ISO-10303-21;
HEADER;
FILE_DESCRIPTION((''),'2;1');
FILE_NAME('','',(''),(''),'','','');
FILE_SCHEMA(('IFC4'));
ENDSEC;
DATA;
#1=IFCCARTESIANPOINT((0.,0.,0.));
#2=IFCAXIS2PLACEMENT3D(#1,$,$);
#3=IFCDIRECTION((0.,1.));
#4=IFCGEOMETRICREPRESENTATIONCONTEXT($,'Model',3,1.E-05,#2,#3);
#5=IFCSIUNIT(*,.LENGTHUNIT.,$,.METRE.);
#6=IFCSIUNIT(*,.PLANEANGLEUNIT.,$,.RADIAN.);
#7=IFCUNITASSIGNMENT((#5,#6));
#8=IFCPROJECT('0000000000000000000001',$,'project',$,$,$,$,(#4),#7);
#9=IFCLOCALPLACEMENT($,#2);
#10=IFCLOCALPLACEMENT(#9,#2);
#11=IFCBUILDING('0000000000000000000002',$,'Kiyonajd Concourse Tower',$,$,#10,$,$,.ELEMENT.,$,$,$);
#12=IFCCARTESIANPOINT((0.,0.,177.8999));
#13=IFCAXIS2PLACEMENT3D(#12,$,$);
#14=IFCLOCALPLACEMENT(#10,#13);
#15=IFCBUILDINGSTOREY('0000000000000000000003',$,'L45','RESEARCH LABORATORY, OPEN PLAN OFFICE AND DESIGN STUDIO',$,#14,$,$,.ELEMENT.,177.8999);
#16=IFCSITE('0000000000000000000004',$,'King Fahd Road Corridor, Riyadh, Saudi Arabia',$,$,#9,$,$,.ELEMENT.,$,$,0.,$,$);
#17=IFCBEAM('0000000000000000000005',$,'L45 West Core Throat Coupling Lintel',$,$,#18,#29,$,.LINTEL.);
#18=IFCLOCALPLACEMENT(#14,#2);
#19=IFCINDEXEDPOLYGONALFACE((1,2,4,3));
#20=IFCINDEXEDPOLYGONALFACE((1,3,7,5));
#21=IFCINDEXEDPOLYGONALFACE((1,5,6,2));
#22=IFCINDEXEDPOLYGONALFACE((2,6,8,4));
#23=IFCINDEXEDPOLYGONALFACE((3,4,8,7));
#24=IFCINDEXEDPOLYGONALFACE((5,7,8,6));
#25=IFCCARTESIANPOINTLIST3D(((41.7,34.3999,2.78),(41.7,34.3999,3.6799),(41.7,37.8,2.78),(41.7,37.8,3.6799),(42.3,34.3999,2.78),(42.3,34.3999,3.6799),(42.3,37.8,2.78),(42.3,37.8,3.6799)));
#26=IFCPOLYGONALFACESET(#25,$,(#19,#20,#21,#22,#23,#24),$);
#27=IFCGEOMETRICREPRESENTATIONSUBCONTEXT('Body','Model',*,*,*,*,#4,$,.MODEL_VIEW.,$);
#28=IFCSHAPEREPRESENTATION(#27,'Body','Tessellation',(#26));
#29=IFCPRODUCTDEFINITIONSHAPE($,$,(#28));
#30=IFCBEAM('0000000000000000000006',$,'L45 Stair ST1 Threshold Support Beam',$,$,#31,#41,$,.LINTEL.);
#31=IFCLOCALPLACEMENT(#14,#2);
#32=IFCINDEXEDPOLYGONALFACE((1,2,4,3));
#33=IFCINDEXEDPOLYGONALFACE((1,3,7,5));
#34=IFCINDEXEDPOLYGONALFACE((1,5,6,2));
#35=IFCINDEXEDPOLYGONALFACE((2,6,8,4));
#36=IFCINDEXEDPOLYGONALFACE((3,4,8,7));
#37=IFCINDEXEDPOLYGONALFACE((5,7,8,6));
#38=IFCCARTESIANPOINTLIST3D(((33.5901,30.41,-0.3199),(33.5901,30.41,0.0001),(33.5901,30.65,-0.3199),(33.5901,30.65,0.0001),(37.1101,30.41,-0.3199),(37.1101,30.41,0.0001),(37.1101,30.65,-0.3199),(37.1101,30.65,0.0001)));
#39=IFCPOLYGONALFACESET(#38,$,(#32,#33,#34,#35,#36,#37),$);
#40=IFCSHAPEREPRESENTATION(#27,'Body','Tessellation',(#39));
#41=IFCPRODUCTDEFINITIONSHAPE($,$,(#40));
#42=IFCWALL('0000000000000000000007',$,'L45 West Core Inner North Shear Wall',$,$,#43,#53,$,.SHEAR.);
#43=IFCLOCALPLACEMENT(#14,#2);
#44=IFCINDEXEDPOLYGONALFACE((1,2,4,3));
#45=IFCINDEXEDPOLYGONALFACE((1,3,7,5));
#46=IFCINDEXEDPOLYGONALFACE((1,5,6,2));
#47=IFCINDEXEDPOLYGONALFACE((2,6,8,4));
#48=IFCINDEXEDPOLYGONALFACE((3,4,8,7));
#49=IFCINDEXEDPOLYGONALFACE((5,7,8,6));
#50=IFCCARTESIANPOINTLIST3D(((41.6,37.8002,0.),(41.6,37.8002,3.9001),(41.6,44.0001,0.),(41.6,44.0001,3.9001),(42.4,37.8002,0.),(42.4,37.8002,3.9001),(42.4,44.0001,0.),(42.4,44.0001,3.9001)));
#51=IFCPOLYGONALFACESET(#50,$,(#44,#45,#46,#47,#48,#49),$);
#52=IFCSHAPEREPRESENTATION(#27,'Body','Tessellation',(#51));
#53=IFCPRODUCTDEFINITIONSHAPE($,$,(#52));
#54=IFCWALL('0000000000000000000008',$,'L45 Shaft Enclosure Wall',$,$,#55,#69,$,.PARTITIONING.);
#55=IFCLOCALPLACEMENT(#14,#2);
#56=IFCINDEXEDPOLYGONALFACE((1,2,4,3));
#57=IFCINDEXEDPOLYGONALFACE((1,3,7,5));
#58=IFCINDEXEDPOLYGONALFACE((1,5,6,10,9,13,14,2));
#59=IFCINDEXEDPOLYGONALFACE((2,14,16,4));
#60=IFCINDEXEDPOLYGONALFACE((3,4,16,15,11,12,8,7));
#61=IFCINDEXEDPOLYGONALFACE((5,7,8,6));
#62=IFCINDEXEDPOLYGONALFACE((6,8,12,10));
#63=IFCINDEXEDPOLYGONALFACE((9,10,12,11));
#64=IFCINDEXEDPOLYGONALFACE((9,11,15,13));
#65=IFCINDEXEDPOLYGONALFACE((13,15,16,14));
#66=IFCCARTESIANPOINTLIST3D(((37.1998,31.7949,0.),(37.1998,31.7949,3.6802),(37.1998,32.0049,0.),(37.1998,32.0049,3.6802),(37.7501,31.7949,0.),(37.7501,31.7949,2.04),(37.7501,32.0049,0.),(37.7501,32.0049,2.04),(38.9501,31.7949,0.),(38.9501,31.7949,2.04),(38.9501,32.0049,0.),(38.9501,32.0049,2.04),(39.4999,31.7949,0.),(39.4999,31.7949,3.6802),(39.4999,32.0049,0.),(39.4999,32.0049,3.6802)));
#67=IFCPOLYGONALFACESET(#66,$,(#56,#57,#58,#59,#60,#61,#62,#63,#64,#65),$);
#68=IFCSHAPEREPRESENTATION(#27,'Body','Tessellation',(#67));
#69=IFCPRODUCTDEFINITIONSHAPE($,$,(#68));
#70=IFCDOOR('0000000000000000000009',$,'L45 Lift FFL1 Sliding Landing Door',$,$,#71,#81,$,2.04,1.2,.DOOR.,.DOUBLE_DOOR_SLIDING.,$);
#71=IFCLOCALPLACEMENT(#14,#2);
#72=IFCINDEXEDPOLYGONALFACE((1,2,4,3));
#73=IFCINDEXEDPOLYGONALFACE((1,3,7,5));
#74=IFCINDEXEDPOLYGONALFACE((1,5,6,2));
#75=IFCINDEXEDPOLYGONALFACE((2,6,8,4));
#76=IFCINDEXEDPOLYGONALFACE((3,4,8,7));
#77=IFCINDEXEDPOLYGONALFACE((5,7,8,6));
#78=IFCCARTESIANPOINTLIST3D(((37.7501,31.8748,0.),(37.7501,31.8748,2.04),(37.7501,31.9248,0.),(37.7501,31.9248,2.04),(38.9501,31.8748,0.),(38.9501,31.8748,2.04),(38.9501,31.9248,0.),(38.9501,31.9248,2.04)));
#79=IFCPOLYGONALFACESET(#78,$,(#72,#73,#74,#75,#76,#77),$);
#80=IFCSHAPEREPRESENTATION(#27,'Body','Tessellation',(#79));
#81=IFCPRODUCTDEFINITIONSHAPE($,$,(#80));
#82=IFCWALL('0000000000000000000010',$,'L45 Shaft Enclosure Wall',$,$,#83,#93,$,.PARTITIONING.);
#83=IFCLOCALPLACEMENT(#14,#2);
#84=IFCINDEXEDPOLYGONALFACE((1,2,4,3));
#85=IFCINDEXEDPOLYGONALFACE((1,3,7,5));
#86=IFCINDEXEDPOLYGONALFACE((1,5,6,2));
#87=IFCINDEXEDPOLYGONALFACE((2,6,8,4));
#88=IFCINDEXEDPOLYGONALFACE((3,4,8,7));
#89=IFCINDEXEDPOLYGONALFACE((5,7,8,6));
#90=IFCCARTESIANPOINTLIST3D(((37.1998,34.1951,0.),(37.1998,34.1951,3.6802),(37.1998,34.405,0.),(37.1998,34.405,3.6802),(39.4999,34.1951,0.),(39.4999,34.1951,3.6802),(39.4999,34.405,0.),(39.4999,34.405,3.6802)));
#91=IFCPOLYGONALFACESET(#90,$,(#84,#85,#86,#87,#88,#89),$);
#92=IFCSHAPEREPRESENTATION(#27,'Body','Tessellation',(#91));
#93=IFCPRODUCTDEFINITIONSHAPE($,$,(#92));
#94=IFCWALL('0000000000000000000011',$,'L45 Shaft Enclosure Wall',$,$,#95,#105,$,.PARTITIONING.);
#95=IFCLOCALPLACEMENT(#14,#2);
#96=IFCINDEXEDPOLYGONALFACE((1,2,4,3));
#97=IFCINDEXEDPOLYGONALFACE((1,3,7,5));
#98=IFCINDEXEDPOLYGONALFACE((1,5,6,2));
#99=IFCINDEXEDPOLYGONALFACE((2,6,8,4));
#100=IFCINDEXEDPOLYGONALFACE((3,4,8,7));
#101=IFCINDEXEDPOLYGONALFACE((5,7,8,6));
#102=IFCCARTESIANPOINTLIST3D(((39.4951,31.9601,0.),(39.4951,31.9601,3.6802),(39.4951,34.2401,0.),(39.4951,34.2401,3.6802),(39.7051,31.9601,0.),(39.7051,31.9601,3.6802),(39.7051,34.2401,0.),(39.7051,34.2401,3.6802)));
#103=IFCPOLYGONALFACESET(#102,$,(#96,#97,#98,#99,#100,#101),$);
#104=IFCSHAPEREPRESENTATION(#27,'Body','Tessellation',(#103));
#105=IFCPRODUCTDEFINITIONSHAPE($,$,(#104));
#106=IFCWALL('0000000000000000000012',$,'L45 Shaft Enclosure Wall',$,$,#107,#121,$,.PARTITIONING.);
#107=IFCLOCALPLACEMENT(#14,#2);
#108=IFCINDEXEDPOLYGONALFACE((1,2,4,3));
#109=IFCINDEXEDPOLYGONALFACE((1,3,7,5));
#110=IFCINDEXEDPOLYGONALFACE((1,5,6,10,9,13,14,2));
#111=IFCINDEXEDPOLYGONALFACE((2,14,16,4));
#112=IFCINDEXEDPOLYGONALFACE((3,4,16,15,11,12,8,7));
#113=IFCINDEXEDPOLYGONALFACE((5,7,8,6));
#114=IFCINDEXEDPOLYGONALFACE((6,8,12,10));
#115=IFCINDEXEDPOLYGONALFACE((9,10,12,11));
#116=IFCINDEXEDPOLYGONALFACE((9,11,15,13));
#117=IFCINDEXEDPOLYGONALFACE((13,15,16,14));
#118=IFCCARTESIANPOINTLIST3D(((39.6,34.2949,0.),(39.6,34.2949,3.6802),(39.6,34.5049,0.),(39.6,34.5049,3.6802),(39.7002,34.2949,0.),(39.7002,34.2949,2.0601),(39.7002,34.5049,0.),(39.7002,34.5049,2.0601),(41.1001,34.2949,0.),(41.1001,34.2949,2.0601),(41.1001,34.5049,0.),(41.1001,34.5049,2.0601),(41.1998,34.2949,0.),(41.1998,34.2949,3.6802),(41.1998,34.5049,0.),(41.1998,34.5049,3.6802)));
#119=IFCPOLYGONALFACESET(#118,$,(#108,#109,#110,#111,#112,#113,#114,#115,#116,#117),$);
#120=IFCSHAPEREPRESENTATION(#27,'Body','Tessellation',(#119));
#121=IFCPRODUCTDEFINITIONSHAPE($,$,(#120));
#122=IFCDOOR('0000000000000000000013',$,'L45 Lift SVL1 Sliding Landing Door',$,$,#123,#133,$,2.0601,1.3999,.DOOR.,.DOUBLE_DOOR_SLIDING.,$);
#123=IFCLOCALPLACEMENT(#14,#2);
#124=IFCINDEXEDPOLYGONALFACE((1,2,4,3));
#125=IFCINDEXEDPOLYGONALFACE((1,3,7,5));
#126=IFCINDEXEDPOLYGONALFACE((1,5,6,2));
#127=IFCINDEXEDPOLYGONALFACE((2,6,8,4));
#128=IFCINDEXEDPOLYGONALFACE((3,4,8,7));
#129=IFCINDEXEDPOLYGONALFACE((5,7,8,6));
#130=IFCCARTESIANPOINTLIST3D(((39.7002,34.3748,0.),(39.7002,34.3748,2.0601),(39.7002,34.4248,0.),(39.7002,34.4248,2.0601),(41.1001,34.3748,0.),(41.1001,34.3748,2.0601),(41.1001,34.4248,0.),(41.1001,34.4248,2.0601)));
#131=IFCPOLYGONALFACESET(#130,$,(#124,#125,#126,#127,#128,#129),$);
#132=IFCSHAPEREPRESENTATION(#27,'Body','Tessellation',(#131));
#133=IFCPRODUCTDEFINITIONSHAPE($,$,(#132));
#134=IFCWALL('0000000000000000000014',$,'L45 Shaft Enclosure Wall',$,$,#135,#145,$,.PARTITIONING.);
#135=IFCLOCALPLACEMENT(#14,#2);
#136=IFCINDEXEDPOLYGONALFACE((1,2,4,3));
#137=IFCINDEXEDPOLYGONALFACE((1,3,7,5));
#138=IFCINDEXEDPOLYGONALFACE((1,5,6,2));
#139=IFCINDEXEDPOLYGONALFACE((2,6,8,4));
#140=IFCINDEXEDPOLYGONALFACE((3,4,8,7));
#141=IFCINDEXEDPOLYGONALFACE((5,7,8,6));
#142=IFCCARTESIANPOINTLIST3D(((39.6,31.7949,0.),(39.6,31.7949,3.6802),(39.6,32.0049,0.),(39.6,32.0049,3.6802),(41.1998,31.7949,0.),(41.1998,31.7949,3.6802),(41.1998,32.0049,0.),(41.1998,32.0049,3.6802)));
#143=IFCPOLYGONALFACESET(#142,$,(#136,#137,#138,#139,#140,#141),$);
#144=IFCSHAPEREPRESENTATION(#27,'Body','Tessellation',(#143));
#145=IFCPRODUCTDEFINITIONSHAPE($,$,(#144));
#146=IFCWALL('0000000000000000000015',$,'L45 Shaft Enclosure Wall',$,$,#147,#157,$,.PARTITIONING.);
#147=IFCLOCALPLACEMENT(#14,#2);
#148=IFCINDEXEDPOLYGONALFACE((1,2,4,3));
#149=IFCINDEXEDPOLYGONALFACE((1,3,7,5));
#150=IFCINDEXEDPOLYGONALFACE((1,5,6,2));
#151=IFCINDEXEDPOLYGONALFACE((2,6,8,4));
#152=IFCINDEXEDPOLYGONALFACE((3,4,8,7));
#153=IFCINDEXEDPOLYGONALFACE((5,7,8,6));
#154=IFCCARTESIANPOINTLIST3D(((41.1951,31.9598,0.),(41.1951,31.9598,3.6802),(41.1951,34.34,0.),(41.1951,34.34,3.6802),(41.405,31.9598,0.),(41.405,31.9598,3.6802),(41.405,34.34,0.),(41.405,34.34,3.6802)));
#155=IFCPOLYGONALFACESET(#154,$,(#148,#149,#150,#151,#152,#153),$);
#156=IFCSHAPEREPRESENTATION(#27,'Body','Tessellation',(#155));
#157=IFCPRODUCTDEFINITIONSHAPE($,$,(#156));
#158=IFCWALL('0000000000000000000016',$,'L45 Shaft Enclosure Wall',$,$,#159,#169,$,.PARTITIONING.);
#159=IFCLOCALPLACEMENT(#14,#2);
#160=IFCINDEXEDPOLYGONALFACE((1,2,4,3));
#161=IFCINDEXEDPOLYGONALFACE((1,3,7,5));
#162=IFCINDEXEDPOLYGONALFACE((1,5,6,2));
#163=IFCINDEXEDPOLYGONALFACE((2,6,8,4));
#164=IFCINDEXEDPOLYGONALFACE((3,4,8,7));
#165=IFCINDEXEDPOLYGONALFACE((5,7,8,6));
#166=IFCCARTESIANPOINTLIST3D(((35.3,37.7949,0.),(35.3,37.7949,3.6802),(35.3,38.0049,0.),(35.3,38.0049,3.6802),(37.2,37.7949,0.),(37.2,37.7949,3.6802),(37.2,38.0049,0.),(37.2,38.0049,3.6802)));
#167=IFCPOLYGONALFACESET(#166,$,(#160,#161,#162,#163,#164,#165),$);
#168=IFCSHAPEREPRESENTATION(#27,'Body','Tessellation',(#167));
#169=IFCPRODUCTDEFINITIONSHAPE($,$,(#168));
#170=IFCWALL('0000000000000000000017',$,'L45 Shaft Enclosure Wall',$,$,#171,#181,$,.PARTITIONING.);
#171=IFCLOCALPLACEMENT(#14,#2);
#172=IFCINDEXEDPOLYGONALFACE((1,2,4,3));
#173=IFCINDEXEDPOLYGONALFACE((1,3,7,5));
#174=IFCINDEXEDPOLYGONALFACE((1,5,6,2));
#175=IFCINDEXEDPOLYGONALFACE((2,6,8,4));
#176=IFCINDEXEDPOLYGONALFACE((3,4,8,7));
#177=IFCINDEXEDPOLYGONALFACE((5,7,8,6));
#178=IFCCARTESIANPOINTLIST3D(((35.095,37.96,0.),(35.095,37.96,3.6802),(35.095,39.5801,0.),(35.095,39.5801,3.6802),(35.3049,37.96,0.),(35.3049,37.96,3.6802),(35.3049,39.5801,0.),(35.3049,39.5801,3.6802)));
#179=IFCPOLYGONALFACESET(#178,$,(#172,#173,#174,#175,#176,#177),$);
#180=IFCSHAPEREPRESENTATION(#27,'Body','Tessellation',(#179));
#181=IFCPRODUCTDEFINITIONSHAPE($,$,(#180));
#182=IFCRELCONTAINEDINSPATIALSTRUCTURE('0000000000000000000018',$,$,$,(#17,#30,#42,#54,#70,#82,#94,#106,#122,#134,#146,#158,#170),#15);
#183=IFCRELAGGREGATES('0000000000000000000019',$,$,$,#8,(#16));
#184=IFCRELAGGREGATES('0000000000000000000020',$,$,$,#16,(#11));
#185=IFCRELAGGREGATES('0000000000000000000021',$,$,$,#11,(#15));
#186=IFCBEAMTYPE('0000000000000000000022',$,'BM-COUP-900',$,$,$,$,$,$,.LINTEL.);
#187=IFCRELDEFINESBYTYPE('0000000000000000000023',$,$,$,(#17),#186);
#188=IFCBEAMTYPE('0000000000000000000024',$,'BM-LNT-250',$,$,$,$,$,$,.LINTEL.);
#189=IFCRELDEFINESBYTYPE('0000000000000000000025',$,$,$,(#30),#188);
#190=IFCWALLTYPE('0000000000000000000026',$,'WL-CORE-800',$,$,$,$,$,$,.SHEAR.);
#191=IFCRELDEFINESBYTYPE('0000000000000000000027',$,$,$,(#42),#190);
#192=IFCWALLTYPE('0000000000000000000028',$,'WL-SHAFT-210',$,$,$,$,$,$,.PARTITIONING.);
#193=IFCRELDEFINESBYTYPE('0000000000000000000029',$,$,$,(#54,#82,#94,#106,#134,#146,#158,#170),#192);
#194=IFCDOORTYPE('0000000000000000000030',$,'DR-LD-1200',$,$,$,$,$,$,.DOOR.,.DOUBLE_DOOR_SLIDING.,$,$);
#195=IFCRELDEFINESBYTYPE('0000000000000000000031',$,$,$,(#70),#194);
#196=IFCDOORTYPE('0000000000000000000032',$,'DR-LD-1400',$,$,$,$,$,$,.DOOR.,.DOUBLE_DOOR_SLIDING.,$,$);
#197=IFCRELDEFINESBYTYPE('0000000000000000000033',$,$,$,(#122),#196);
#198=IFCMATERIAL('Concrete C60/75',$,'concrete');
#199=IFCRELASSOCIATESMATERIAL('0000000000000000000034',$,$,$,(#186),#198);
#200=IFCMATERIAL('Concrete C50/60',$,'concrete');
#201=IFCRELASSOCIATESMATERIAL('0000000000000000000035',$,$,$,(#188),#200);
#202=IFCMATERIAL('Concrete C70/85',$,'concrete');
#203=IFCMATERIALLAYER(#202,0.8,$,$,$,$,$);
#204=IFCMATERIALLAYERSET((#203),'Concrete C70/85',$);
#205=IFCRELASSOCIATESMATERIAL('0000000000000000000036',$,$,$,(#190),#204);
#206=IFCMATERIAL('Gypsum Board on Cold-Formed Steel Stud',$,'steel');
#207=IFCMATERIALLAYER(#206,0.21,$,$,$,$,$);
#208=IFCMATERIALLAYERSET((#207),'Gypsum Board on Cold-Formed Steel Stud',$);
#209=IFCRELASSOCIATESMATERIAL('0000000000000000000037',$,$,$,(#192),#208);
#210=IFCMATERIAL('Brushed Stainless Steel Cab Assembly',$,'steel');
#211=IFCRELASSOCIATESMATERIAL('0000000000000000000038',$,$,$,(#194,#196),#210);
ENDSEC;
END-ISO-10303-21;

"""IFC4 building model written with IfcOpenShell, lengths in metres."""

from ifc_helpers import new_model, si_unit, direction, frame, frame_2d, origin, origin_2d, place, context, subcontext, project, spatial, rectangle, extrude, material, layer, layer_set, material_profile, profile_set, type_object, element, fill, save


model = new_model("IFC4")

# Units and contexts
model_context = context("Model", 3, precision=1e-05, world=origin(), true_north=direction((0.0, 1.0)))
body_context = subcontext(model_context, "Body", "Model", "MODEL_VIEW")
ifc_project = project(units=[si_unit("LENGTHUNIT", "METRE"), si_unit("PLANEANGLEUNIT", "RADIAN")], contexts=[model_context])

# Site, building, storey
site_placement = place(None, origin())
site = spatial("IfcSite", under=ifc_project, at=site_placement, Name="King Fahd Road Corridor, Riyadh, Saudi Arabia", CompositionType="ELEMENT", RefElevation=0.0)
building_placement = place(site_placement, origin())
building = spatial("IfcBuilding", under=site, at=building_placement, Name="Kiyonajd Concourse Tower", CompositionType="ELEMENT")
storey_placement = place(building_placement, frame((0.0, 0.0, 177.8999)))
storey = spatial("IfcBuildingStorey", under=building, at=storey_placement, Name="L45", Description="RESEARCH LABORATORY, OPEN PLAN OFFICE AND DESIGN STUDIO", CompositionType="ELEMENT", Elevation=177.8999)

# Beams
ifc_material_1 = material(Name="Concrete C60/75", Category="concrete")
ifc_material_profile_1 = material_profile(ifc_material_1, rectangle(XDim=0.6001, YDim=0.8999, at=origin_2d()), Name="RCBM-600x900")
ifc_profile_set_1 = profile_set([ifc_material_profile_1], Name="Concrete C60/75")
beam_type_1 = type_object("IfcBeamType", Name="BM-COUP-900", PredefinedType="LINTEL", material=ifc_profile_set_1)
beam_1_placement = place(storey_placement, frame((42.0, 34.3999, 3.23), z_axis=(0.0, 1.0, 0.0), x_axis=(-1.0, 0.0, 0.0)))
element("IfcBeam", 1, at=beam_1_placement, inside=storey, type_object=beam_type_1, Name="L45 West Core Throat Coupling Lintel", PredefinedType="LINTEL", context=body_context, shape_type="SweptSolid", body=[
    extrude(rectangle(XDim=0.6001, YDim=0.8999, at=origin_2d()), origin(), (0.0, 0.0, 1.0), 3.4001),
])
ifc_material_2 = material(Name="Concrete C50/60", Category="concrete")
ifc_material_profile_2 = material_profile(ifc_material_2, rectangle(XDim=0.24, YDim=0.3201, at=origin_2d()), Name="RCBM-240x320")
ifc_profile_set_2 = profile_set([ifc_material_profile_2], Name="Concrete C50/60")
beam_type_2 = type_object("IfcBeamType", Name="BM-LNT-250", PredefinedType="LINTEL", material=ifc_profile_set_2)
beam_2_placement = place(storey_placement, frame((33.5901, 30.53, -0.1599), z_axis=(1.0, 0.0, 0.0), x_axis=(0.0, 1.0, 0.0)))
element("IfcBeam", 2, at=beam_2_placement, inside=storey, type_object=beam_type_2, Name="L45 Stair ST1 Threshold Support Beam", PredefinedType="LINTEL", context=body_context, shape_type="SweptSolid", body=[
    extrude(rectangle(XDim=0.24, YDim=0.3201, at=origin_2d()), origin(), (0.0, 0.0, 1.0), 3.52),
])

# Wall
ifc_material_3 = material(Name="Concrete C70/85", Category="concrete")
ifc_layer_1 = layer(ifc_material_3, 0.8)
ifc_layer_set_1 = layer_set([ifc_layer_1], Name="Concrete C70/85")
wall_type_1 = type_object("IfcWallType", Name="WL-CORE-800", PredefinedType="SHEAR", material=ifc_layer_set_1)
wall_1_placement = place(storey_placement, frame((42.0, 37.8, 0.0), z_axis=(0.0, 0.0, 1.0), x_axis=(0.0, 1.0, 0.0)))
element("IfcWall", 3, at=wall_1_placement, inside=storey, type_object=wall_type_1, Name="L45 West Core Inner North Shear Wall", PredefinedType="SHEAR", context=body_context, shape_type="SweptSolid", body=[
    extrude(rectangle(XDim=6.2, YDim=0.8, at=frame_2d((3.1001, 0.0))), origin(), (0.0, 0.0, 1.0), 3.9001),
])

# Wall, opening, door
ifc_material_4 = material(Name="Gypsum Board on Cold-Formed Steel Stud", Category="steel")
ifc_layer_2 = layer(ifc_material_4, 0.21)
ifc_layer_set_2 = layer_set([ifc_layer_2], Name="Gypsum Board on Cold-Formed Steel Stud")
wall_type_2 = type_object("IfcWallType", Name="WL-SHAFT-210", PredefinedType="PARTITIONING", material=ifc_layer_set_2)
wall_2_placement = place(storey_placement, frame((37.2, 31.8999, 0.0), z_axis=(0.0, 0.0, 1.0), x_axis=(1.0, 0.0, 0.0)))
wall_2 = element("IfcWall", 4, at=wall_2_placement, inside=storey, type_object=wall_type_2, Name="L45 Shaft Enclosure Wall", PredefinedType="PARTITIONING", context=body_context, shape_type="SweptSolid", body=[
    extrude(rectangle(XDim=2.3, YDim=0.21, at=frame_2d((1.1499, 0.0))), origin(), (0.0, 0.0, 1.0), 3.6802),
])
opening_1_placement = place(wall_2_placement, frame((0.55, 0.0, 0.0)))
opening_1 = element("IfcOpeningElement", 5, at=opening_1_placement, cuts=wall_2, PredefinedType="OPENING", context=body_context, shape_type="SweptSolid", body=[
    extrude(rectangle(XDim=1.2, YDim=2.04, at=frame_2d((0.6001, 1.02))), frame((0.0, 0.115, 0.0), z_axis=(0.0, -1.0, 0.0), x_axis=(1.0, 0.0, 0.0)), (0.0, 0.0, 1.0), 0.23),
])
ifc_material_5 = material(Name="Brushed Stainless Steel Cab Assembly", Category="steel")
door_type_1 = type_object("IfcDoorType", Name="DR-LD-1200", OperationType="DOUBLE_DOOR_SLIDING", PredefinedType="DOOR", material=ifc_material_5)
door_1_placement = place(opening_1_placement, origin())
door_1 = element("IfcDoor", 6, at=door_1_placement, inside=storey, type_object=door_type_1, Name="L45 Lift FFL1 Sliding Landing Door", OperationType="DOUBLE_DOOR_SLIDING", OverallHeight=2.04, OverallWidth=1.2, PredefinedType="DOOR", context=body_context, shape_type="SweptSolid", body=[
    extrude(rectangle(XDim=1.2, YDim=2.04, at=frame_2d((0.6001, 1.02))), frame((0.0, 0.0249, 0.0), z_axis=(0.0, -1.0, 0.0), x_axis=(1.0, 0.0, 0.0)), (0.0, 0.0, 1.0), 0.05),
])
fill(opening_1, door_1)

# Walls
wall_3_placement = place(storey_placement, frame((37.2, 34.3, 0.0), z_axis=(0.0, 0.0, 1.0), x_axis=(1.0, 0.0, 0.0)))
element("IfcWall", 7, at=wall_3_placement, inside=storey, type_object=wall_type_2, Name="L45 Shaft Enclosure Wall", PredefinedType="PARTITIONING", context=body_context, shape_type="SweptSolid", body=[
    extrude(rectangle(XDim=2.3, YDim=0.21, at=frame_2d((1.1499, 0.0))), origin(), (0.0, 0.0, 1.0), 3.6802),
])
wall_4_placement = place(storey_placement, frame((39.6001, 31.96, 0.0), z_axis=(0.0, 0.0, 1.0), x_axis=(0.0, 1.0, 0.0)))
element("IfcWall", 8, at=wall_4_placement, inside=storey, type_object=wall_type_2, Name="L45 Shaft Enclosure Wall", PredefinedType="PARTITIONING", context=body_context, shape_type="SweptSolid", body=[
    extrude(rectangle(XDim=2.28, YDim=0.21, at=frame_2d((1.1401, 0.0))), origin(), (0.0, 0.0, 1.0), 3.6802),
])

# Wall, opening, door
wall_5_placement = place(storey_placement, frame((39.6001, 34.3999, 0.0), z_axis=(0.0, 0.0, 1.0), x_axis=(1.0, 0.0, 0.0)))
wall_5 = element("IfcWall", 9, at=wall_5_placement, inside=storey, type_object=wall_type_2, Name="L45 Shaft Enclosure Wall", PredefinedType="PARTITIONING", context=body_context, shape_type="SweptSolid", body=[
    extrude(rectangle(XDim=1.5999, YDim=0.21, at=frame_2d((0.7998, 0.0))), origin(), (0.0, 0.0, 1.0), 3.6802),
])
opening_2_placement = place(wall_5_placement, frame((0.1001, 0.0, 0.0)))
opening_2 = element("IfcOpeningElement", 10, at=opening_2_placement, cuts=wall_5, PredefinedType="OPENING", context=body_context, shape_type="SweptSolid", body=[
    extrude(rectangle(XDim=1.3999, YDim=2.0601, at=frame_2d((0.7, 1.03))), frame((0.0, 0.115, 0.0), z_axis=(0.0, -1.0, 0.0), x_axis=(1.0, 0.0, 0.0)), (0.0, 0.0, 1.0), 0.23),
])
door_type_2 = type_object("IfcDoorType", Name="DR-LD-1400", OperationType="DOUBLE_DOOR_SLIDING", PredefinedType="DOOR", material=ifc_material_5)
door_2_placement = place(opening_2_placement, origin())
door_2 = element("IfcDoor", 11, at=door_2_placement, inside=storey, type_object=door_type_2, Name="L45 Lift SVL1 Sliding Landing Door", OperationType="DOUBLE_DOOR_SLIDING", OverallHeight=2.0601, OverallWidth=1.3999, PredefinedType="DOOR", context=body_context, shape_type="SweptSolid", body=[
    extrude(rectangle(XDim=1.3999, YDim=2.0601, at=frame_2d((0.7, 1.03))), frame((0.0, 0.0249, 0.0), z_axis=(0.0, -1.0, 0.0), x_axis=(1.0, 0.0, 0.0)), (0.0, 0.0, 1.0), 0.05),
])
fill(opening_2, door_2)

# Walls
wall_6_placement = place(storey_placement, frame((39.6001, 31.8999, 0.0), z_axis=(0.0, 0.0, 1.0), x_axis=(1.0, 0.0, 0.0)))
element("IfcWall", 12, at=wall_6_placement, inside=storey, type_object=wall_type_2, Name="L45 Shaft Enclosure Wall", PredefinedType="PARTITIONING", context=body_context, shape_type="SweptSolid", body=[
    extrude(rectangle(XDim=1.5999, YDim=0.21, at=frame_2d((0.7998, 0.0))), origin(), (0.0, 0.0, 1.0), 3.6802),
])
wall_7_placement = place(storey_placement, frame((41.3, 31.96, 0.0), z_axis=(0.0, 0.0, 1.0), x_axis=(0.0, 1.0, 0.0)))
element("IfcWall", 13, at=wall_7_placement, inside=storey, type_object=wall_type_2, Name="L45 Shaft Enclosure Wall", PredefinedType="PARTITIONING", context=body_context, shape_type="SweptSolid", body=[
    extrude(rectangle(XDim=2.3801, YDim=0.21, at=frame_2d((1.1899, 0.0))), origin(), (0.0, 0.0, 1.0), 3.6802),
])
wall_8_placement = place(storey_placement, frame((35.3, 37.8999, 0.0), z_axis=(0.0, 0.0, 1.0), x_axis=(1.0, 0.0, 0.0)))
element("IfcWall", 14, at=wall_8_placement, inside=storey, type_object=wall_type_2, Name="L45 Shaft Enclosure Wall", PredefinedType="PARTITIONING", context=body_context, shape_type="SweptSolid", body=[
    extrude(rectangle(XDim=1.8999, YDim=0.21, at=frame_2d((0.95, 0.0))), origin(), (0.0, 0.0, 1.0), 3.6802),
])
wall_9_placement = place(storey_placement, frame((35.2, 37.96, 0.0), z_axis=(0.0, 0.0, 1.0), x_axis=(0.0, 1.0, 0.0)))
element("IfcWall", 15, at=wall_9_placement, inside=storey, type_object=wall_type_2, Name="L45 Shaft Enclosure Wall", PredefinedType="PARTITIONING", context=body_context, shape_type="SweptSolid", body=[
    extrude(rectangle(XDim=1.6201, YDim=0.21, at=frame_2d((0.8101, 0.0))), origin(), (0.0, 0.0, 1.0), 3.6802),
])

save(model, "model.ifc")
